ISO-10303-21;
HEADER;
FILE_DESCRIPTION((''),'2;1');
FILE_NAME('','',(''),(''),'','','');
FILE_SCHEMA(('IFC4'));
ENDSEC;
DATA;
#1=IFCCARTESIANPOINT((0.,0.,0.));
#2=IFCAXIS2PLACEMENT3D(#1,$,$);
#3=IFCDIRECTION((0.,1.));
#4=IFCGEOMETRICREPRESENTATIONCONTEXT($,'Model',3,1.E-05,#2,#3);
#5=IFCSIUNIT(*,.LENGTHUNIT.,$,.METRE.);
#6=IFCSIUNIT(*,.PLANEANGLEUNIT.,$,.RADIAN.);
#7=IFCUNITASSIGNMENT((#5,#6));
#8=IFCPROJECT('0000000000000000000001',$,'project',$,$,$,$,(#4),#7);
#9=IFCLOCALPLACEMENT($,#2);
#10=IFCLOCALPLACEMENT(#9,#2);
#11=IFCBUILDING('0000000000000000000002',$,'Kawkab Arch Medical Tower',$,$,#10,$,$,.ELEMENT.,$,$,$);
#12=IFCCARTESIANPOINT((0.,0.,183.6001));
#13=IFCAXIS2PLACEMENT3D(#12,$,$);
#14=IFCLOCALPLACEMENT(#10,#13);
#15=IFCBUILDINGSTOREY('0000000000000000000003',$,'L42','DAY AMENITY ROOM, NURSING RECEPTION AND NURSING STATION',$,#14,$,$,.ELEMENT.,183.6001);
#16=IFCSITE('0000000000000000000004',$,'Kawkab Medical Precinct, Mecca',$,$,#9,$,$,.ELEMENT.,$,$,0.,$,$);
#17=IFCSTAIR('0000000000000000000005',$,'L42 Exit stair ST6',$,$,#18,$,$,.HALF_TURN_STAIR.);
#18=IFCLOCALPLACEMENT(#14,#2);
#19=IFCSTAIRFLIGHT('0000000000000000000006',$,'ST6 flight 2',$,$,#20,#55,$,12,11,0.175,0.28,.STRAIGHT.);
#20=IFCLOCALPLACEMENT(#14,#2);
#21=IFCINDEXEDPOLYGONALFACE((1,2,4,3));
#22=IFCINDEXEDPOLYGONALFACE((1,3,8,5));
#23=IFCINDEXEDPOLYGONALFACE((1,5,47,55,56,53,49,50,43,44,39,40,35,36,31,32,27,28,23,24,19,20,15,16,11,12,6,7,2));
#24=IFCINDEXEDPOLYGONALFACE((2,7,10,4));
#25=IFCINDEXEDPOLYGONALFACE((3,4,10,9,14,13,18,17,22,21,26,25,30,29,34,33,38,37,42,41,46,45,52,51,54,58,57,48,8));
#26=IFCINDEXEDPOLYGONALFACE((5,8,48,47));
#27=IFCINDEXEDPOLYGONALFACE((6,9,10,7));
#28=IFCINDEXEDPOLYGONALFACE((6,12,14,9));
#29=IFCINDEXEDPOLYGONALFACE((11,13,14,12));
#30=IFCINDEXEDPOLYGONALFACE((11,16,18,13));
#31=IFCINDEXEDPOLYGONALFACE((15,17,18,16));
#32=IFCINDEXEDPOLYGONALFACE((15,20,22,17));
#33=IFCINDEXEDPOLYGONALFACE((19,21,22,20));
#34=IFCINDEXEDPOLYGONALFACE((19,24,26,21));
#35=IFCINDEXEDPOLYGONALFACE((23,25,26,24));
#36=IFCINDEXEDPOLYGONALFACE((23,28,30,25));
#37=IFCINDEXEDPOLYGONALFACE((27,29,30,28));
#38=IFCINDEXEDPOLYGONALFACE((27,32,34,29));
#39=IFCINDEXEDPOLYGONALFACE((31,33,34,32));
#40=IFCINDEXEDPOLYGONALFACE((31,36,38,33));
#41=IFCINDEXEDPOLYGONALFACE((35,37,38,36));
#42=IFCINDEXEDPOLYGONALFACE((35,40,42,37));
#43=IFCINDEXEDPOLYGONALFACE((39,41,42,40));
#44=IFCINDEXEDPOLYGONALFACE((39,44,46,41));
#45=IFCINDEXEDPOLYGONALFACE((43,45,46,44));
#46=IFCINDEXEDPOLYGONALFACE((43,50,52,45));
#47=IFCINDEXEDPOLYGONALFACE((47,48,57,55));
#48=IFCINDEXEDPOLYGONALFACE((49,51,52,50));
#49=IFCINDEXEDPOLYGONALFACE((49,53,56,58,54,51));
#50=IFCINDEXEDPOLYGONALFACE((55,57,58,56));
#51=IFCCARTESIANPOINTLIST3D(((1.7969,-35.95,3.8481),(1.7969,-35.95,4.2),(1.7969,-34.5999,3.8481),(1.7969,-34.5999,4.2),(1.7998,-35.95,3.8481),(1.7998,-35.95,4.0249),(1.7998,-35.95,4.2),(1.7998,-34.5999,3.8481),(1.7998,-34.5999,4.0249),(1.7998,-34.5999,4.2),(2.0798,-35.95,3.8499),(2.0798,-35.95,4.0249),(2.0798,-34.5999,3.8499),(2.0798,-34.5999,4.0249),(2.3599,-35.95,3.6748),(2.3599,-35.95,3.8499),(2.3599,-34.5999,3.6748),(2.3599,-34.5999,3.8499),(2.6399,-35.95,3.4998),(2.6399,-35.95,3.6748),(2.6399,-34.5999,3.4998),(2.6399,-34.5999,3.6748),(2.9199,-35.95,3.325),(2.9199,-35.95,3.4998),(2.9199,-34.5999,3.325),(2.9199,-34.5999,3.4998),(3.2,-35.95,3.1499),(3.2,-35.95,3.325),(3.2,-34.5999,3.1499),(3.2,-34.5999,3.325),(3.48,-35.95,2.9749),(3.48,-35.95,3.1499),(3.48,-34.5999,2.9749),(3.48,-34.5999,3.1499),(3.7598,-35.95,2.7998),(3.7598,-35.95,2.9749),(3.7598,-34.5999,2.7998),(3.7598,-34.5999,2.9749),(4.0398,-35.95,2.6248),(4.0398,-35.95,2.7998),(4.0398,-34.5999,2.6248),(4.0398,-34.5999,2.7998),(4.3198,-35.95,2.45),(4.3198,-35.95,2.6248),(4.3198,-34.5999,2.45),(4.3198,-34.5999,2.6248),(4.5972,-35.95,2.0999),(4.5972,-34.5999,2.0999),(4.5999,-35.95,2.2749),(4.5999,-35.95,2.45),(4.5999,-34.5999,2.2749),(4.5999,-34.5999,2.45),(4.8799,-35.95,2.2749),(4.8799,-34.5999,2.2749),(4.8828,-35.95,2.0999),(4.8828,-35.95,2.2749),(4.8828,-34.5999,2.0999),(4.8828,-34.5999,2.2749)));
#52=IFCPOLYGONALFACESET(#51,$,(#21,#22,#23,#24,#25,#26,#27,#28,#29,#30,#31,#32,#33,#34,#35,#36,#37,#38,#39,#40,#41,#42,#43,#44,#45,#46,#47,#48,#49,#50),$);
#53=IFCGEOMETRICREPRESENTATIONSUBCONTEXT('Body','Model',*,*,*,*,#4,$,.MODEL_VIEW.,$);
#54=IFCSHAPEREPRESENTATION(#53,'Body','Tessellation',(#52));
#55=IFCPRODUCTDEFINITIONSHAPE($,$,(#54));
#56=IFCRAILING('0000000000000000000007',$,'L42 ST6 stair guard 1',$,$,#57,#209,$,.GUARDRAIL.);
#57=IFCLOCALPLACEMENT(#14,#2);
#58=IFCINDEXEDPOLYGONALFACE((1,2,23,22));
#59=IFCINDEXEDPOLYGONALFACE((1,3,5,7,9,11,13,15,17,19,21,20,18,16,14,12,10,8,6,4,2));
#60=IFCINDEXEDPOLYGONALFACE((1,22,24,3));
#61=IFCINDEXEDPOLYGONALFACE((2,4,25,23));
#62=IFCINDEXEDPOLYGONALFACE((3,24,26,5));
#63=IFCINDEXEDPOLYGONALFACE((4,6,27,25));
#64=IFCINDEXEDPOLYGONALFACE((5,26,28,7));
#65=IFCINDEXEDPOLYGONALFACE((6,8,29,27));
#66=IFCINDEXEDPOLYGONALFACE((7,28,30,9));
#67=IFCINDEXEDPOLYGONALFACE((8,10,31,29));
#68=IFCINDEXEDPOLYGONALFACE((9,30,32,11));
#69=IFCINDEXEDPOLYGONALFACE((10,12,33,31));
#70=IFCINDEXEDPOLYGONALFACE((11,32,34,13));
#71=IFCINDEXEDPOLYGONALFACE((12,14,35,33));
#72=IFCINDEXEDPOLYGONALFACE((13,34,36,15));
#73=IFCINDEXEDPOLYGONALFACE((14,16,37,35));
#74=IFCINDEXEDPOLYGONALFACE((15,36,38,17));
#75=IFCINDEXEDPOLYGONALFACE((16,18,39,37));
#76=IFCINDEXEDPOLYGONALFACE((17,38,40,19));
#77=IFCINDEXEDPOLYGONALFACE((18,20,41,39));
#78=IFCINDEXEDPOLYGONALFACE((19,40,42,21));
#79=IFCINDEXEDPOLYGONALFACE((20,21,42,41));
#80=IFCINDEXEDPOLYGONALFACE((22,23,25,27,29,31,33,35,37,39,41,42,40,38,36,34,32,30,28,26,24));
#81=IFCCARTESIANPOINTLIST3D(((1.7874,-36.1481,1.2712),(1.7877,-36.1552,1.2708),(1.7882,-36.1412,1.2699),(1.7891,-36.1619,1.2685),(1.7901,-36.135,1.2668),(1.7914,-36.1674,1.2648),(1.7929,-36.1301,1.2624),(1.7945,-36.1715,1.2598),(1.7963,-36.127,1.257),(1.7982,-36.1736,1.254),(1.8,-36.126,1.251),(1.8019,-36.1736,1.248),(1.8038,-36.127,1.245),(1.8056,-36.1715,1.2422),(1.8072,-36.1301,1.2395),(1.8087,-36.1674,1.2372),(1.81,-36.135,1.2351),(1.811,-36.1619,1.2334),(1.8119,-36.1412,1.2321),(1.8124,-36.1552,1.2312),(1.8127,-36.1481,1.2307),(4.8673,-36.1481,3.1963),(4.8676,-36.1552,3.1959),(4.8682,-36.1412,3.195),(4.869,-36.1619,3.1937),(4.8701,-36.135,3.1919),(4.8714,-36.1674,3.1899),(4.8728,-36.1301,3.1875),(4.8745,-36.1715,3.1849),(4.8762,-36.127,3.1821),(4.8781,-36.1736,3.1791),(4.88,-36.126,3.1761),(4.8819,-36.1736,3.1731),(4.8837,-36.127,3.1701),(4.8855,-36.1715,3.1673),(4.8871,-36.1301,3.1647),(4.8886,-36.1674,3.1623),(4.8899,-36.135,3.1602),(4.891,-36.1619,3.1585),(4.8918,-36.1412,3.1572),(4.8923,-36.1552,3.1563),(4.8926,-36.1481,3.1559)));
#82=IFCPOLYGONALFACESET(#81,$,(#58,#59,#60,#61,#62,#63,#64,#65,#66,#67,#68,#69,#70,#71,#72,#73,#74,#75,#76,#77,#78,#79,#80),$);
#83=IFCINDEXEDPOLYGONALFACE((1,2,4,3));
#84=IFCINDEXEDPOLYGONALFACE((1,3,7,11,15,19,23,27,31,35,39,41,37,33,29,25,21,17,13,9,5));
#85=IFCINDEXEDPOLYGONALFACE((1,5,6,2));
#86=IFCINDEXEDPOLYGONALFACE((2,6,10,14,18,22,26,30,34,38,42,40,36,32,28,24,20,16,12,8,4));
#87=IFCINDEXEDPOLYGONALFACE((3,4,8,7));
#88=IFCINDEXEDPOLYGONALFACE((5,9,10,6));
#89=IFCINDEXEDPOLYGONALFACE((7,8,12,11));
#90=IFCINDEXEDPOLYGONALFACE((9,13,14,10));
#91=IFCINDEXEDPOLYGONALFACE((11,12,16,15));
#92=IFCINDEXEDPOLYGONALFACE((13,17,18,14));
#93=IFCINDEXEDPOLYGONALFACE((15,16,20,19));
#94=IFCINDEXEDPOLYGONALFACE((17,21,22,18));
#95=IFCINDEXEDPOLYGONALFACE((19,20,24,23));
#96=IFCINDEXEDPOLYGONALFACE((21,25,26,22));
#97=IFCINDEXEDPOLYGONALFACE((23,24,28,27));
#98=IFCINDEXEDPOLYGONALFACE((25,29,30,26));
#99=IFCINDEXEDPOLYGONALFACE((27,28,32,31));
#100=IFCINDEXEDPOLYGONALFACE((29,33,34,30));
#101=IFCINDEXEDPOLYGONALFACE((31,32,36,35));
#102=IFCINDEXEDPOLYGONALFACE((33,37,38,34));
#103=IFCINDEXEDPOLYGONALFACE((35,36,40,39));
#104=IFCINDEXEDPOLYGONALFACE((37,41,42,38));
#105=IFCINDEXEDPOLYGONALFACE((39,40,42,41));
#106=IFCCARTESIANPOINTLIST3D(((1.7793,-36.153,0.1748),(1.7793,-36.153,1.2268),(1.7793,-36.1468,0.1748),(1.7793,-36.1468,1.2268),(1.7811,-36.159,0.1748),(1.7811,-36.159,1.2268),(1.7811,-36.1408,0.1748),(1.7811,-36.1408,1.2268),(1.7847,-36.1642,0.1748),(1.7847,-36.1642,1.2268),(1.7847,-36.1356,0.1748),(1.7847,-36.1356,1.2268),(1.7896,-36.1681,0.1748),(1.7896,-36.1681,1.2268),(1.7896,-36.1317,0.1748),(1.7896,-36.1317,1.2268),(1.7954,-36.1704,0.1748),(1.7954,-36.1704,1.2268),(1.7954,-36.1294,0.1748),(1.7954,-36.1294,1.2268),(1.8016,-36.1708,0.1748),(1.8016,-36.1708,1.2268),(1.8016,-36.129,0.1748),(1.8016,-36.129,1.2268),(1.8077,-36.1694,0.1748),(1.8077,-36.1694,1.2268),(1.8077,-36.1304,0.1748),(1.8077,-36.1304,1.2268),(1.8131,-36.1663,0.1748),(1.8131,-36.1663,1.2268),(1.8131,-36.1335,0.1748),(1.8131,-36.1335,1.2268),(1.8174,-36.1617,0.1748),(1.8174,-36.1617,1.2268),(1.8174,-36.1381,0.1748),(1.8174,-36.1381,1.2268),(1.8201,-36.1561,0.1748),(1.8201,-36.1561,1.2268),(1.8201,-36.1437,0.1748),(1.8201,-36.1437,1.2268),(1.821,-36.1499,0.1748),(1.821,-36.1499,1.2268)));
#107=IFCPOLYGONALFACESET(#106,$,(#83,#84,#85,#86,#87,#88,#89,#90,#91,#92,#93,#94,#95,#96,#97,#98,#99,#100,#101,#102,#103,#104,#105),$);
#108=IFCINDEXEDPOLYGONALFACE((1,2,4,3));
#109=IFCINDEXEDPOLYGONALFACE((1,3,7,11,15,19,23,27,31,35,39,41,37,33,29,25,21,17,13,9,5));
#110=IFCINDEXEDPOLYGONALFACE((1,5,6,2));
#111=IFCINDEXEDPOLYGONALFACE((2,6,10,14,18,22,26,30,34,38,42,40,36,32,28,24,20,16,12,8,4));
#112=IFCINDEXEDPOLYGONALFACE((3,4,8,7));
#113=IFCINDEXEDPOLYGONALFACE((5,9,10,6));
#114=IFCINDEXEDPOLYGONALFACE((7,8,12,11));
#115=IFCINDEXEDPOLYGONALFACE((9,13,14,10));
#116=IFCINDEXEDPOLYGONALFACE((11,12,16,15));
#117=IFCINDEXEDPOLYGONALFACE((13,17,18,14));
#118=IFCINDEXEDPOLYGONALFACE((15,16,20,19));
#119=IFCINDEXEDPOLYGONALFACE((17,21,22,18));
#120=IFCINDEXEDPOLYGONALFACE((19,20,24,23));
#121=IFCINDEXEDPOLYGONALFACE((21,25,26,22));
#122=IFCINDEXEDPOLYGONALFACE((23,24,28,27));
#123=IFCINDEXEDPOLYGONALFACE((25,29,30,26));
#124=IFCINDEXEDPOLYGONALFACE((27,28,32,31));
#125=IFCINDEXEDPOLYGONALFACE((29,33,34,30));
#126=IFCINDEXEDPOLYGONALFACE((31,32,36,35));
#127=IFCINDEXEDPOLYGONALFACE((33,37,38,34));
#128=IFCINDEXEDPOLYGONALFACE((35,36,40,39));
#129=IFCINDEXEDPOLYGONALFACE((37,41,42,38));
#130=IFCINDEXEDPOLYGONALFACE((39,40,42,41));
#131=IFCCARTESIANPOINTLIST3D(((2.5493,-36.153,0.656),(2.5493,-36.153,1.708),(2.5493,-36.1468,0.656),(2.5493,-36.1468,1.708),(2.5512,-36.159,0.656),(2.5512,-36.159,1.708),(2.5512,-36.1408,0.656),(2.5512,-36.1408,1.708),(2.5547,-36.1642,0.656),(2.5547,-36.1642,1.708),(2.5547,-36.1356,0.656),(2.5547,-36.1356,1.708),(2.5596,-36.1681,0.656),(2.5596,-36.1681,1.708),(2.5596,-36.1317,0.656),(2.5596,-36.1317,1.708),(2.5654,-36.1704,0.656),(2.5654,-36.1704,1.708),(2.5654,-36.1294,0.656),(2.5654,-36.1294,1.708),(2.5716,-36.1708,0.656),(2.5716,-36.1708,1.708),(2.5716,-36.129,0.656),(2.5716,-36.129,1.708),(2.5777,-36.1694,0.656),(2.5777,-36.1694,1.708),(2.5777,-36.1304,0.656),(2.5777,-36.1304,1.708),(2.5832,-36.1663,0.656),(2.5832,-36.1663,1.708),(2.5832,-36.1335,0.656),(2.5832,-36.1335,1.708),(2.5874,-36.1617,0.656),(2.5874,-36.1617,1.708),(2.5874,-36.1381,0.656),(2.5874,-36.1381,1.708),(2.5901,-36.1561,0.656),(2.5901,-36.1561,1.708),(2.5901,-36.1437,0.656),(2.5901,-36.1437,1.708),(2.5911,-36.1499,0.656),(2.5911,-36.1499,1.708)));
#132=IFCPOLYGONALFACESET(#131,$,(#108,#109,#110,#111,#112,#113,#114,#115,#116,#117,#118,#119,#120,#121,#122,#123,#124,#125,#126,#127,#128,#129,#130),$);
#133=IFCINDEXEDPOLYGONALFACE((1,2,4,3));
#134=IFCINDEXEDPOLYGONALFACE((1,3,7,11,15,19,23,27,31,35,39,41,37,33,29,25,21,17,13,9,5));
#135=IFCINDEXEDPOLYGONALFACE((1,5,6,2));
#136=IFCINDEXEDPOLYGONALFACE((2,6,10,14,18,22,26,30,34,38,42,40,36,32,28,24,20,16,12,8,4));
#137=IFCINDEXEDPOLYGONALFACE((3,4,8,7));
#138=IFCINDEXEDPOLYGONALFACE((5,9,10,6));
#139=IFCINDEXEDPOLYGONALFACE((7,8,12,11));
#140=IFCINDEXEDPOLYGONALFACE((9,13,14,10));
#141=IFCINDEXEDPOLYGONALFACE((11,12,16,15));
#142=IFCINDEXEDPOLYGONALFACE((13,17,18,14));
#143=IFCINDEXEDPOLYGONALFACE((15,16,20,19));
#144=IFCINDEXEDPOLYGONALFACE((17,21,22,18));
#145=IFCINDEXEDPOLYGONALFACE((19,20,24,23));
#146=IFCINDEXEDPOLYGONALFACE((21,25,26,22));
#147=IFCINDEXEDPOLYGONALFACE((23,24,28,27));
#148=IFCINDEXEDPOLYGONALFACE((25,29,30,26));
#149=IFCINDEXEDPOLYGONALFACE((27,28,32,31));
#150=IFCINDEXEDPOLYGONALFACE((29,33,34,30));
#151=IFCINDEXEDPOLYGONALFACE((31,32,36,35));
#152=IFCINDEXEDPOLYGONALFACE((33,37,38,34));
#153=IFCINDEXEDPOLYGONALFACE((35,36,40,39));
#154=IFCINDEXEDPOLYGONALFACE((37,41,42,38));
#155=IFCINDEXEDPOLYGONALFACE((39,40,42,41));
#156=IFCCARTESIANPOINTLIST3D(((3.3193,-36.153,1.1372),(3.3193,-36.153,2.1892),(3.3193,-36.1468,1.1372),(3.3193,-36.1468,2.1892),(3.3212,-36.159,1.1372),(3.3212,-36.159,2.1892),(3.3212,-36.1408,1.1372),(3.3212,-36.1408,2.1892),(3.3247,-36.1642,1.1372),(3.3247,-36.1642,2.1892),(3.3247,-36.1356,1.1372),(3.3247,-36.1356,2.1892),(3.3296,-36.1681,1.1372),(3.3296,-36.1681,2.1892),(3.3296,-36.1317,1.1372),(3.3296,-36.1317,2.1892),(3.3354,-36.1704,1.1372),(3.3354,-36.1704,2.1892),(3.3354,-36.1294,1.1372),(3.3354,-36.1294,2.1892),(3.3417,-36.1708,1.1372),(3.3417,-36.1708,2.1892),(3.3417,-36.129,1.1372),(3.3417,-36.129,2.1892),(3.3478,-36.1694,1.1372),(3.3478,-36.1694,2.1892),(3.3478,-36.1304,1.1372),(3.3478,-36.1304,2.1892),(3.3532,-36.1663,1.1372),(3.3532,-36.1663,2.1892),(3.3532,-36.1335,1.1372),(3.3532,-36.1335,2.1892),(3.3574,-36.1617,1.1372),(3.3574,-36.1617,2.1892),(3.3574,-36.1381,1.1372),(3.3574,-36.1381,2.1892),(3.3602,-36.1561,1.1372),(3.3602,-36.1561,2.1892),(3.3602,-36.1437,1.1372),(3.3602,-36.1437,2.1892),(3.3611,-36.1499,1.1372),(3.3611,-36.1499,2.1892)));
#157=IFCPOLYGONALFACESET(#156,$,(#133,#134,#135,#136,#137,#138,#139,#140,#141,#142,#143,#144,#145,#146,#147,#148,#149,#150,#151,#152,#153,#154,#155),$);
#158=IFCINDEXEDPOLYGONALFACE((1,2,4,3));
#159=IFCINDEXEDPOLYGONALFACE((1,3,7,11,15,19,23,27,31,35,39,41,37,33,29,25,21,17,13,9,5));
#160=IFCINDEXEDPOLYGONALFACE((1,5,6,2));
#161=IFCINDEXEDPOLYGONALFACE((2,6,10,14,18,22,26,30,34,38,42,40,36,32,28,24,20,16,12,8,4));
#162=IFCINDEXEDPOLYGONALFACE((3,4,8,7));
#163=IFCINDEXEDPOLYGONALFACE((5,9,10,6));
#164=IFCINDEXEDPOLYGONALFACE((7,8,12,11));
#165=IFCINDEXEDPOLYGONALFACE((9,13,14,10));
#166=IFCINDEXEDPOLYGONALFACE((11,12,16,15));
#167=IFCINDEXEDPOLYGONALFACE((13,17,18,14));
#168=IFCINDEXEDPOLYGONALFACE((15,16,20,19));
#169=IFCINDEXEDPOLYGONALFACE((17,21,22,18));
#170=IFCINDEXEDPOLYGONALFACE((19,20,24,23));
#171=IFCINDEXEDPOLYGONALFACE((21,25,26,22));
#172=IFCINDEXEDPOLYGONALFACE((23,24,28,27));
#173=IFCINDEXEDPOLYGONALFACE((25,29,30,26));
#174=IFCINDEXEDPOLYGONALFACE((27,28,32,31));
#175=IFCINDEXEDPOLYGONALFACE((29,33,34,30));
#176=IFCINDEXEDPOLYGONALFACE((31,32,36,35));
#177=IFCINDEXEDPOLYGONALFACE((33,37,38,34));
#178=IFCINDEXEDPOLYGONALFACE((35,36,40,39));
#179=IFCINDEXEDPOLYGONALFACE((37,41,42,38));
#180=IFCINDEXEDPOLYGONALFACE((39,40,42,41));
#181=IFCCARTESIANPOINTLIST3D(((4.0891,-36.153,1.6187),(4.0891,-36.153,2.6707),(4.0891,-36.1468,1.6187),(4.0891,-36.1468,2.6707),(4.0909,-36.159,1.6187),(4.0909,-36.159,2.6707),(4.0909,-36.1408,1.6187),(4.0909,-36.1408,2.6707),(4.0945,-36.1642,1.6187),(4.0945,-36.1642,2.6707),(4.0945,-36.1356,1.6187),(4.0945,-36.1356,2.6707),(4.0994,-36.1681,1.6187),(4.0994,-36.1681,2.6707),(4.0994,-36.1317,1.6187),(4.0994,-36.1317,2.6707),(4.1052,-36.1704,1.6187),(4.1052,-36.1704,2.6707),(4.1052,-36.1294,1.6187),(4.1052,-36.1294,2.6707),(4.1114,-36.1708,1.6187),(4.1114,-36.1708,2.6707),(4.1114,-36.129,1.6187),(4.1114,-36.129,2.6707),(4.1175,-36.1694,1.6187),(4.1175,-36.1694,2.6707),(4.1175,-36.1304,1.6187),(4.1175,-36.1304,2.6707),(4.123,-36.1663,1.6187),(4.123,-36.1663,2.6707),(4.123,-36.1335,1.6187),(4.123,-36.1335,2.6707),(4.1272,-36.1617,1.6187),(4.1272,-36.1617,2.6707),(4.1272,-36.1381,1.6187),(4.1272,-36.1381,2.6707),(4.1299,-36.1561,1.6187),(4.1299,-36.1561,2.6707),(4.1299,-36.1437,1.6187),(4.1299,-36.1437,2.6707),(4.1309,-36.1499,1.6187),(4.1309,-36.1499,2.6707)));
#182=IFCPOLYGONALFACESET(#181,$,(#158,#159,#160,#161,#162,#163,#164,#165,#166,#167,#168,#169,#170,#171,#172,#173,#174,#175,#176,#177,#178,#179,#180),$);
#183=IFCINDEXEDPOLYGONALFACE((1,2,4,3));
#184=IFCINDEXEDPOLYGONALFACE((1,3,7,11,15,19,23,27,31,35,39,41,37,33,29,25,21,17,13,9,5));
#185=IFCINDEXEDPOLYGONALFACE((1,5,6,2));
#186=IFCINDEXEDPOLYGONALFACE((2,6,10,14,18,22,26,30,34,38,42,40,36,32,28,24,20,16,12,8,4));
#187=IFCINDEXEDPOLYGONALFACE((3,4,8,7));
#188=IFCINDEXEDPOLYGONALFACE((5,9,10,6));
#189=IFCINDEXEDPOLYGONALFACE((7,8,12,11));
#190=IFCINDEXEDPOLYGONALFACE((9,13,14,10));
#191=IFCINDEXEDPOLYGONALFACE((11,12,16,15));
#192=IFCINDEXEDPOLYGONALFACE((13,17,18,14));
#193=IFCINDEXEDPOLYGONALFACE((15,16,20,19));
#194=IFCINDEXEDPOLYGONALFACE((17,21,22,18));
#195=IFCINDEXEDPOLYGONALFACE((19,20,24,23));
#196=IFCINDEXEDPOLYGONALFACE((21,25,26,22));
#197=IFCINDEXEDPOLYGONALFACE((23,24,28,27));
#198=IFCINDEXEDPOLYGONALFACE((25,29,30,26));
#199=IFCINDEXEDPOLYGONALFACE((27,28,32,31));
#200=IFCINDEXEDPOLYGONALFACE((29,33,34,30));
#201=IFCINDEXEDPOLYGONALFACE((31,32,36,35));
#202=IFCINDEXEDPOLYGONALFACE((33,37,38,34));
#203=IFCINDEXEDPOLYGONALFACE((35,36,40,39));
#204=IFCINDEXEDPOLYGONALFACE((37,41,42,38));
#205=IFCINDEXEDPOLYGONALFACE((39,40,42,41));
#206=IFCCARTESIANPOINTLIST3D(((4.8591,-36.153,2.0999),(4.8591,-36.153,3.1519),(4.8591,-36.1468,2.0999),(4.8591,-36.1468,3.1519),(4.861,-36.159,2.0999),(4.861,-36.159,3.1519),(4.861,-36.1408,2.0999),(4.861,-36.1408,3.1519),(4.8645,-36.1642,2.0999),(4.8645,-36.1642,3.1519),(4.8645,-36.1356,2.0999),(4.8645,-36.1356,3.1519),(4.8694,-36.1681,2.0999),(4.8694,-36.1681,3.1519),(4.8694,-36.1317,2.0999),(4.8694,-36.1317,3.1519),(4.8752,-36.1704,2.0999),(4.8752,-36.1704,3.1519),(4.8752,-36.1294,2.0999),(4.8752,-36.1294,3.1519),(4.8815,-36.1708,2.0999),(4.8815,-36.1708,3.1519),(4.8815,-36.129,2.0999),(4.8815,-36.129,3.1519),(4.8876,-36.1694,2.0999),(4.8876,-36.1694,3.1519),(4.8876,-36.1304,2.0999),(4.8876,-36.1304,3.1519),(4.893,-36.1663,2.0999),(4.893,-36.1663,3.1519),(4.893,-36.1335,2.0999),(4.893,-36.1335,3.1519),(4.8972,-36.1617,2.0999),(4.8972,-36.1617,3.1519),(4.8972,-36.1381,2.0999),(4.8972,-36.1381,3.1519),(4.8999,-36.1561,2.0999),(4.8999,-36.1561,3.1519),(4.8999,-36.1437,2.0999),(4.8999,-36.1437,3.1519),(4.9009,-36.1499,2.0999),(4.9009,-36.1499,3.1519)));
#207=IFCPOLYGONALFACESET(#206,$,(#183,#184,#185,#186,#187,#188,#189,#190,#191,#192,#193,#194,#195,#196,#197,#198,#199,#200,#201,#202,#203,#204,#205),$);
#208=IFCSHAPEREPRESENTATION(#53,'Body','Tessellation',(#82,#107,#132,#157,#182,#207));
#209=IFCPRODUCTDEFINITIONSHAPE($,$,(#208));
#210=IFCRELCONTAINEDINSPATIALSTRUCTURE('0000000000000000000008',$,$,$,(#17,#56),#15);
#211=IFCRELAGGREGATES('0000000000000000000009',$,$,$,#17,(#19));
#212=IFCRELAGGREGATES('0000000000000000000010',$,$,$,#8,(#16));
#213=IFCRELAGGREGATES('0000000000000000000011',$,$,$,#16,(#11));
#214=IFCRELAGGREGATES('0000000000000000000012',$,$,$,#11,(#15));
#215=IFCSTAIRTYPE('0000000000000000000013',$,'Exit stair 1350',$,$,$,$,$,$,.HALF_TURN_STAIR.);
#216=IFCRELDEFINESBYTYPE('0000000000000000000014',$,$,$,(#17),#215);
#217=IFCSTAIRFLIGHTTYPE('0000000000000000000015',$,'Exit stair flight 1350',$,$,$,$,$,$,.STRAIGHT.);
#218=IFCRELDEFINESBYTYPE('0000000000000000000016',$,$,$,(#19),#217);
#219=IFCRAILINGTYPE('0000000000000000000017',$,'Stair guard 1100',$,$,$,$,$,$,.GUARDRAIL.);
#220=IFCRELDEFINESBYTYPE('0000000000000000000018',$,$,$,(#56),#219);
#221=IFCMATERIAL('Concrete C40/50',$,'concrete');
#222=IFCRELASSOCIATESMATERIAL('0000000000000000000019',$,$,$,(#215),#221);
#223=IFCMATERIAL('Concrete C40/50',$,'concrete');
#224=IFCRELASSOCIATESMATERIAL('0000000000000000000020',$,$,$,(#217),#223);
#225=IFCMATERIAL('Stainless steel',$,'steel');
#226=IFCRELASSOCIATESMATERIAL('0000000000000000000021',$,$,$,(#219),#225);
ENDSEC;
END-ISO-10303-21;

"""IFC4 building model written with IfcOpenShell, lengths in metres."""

from ifc_helpers import new_model, si_unit, direction, frame, origin, origin_2d, place, context, subcontext, project, spatial, polyline, circle, outline, extrude, material, type_object, element, aggregate, save


model = new_model("IFC4")

# Units and contexts
model_context = context("Model", 3, precision=1e-05, world=origin(), true_north=direction((0.0, 1.0)))
body_context = subcontext(model_context, "Body", "Model", "MODEL_VIEW")
ifc_project = project(units=[si_unit("LENGTHUNIT", "METRE"), si_unit("PLANEANGLEUNIT", "RADIAN")], contexts=[model_context])

# Site, building, storey
site_placement = place(None, origin())
site = spatial("IfcSite", under=ifc_project, at=site_placement, Name="Kawkab Medical Precinct, Mecca", CompositionType="ELEMENT", RefElevation=0.0)
building_placement = place(site_placement, origin())
building = spatial("IfcBuilding", under=site, at=building_placement, Name="Kawkab Arch Medical Tower", CompositionType="ELEMENT")
storey_placement = place(building_placement, frame((0.0, 0.0, 183.6001)))
storey = spatial("IfcBuildingStorey", under=building, at=storey_placement, Name="L42", Description="DAY AMENITY ROOM, NURSING RECEPTION AND NURSING STATION", CompositionType="ELEMENT", Elevation=183.6001)

# Stair, stair flight
ifc_material_1 = material(Name="Concrete C40/50", Category="concrete")
stair_type = type_object("IfcStairType", Name="Exit stair 1350", PredefinedType="HALF_TURN_STAIR", material=ifc_material_1)
stair_placement = place(storey_placement, origin())
stair = element("IfcStair", 1, at=stair_placement, inside=storey, type_object=stair_type, Name="L42 Exit stair ST6", PredefinedType="HALF_TURN_STAIR")
ifc_material_2 = material(Name="Concrete C40/50", Category="concrete")
stair_flight_type = type_object("IfcStairFlightType", Name="Exit stair flight 1350", PredefinedType="STRAIGHT", material=ifc_material_2)
stair_flight_1_placement = place(storey_placement, frame((4.8799, -35.2749, 2.0999), z_axis=(0.0, 0.0, 1.0), x_axis=(-1.0, 0.0, 0.0)))
stair_flight_1 = element("IfcStairFlight", 2, at=stair_flight_1_placement, type_object=stair_flight_type, Name="ST6 flight 2", NumberOfRisers=12, NumberOfTreads=11, PredefinedType="STRAIGHT", RiserHeight=0.175, TreadLength=0.28, context=body_context, shape_type="SweptSolid", body=[
    extrude(outline(polyline([(-0.0029, 0.0), (-0.0029, 0.175), (0.0, 0.175), (0.28, 0.175), (0.28, 0.3501), (0.5601, 0.3501), (0.5601, 0.5249), (0.8401, 0.5249), (0.8401, 0.7), (1.1201, 0.7), (1.1201, 0.875), (1.3999, 0.875), (1.3999, 1.05), (1.6799, 1.05), (1.6799, 1.2251), (1.96, 1.2251), (1.96, 1.3999), (2.24, 1.3999), (2.24, 1.575), (2.52, 1.575), (2.52, 1.75), (2.8, 1.75), (2.8, 1.925), (3.0801, 1.925), (3.0801, 2.1001), (3.083, 2.1001), (3.083, 1.7483), (3.0801, 1.7483), (0.2827, 0.0), (-0.0029, 0.0)])), frame((0.0, 0.675, 0.0), z_axis=(0.0, -1.0, 0.0), x_axis=(1.0, 0.0, 0.0)), (0.0, 0.0, 1.0), 1.3501),
])
aggregate(stair, [stair_flight_1])

# Railing
ifc_material_3 = material(Name="Stainless steel", Category="steel")
railing_type = type_object("IfcRailingType", Name="Stair guard 1100", PredefinedType="GUARDRAIL", material=ifc_material_3)
railing_1_placement = place(storey_placement, frame((1.8, -36.1499, 0.1748)))
element("IfcRailing", 3, at=railing_1_placement, inside=storey, type_object=railing_type, Name="L42 ST6 stair guard 1", PredefinedType="GUARDRAIL", context=body_context, shape_type="SweptSolid", body=[
    extrude(circle(Radius=0.0239, at=origin_2d()), frame((0.0, 0.0, 1.0762), z_axis=(0.847979, 0.0, 0.530029), x_axis=(0.0, 1.0, 0.0)), (0.0, 0.0, 1.0), 3.6321),
    extrude(circle(Radius=0.021, at=origin_2d()), origin(), (0.0, 0.0, 1.0), 1.052),
    extrude(circle(Radius=0.021, at=origin_2d()), frame((0.77, 0.0, 0.4812)), (0.0, 0.0, 1.0), 1.052),
    extrude(circle(Radius=0.021, at=origin_2d()), frame((1.54, 0.0, 0.9624)), (0.0, 0.0, 1.0), 1.052),
    extrude(circle(Radius=0.021, at=origin_2d()), frame((2.3098, 0.0, 1.4438)), (0.0, 0.0, 1.0), 1.052),
    extrude(circle(Radius=0.021, at=origin_2d()), frame((3.0798, 0.0, 1.925)), (0.0, 0.0, 1.0), 1.052),
])

save(model, "model.ifc")
